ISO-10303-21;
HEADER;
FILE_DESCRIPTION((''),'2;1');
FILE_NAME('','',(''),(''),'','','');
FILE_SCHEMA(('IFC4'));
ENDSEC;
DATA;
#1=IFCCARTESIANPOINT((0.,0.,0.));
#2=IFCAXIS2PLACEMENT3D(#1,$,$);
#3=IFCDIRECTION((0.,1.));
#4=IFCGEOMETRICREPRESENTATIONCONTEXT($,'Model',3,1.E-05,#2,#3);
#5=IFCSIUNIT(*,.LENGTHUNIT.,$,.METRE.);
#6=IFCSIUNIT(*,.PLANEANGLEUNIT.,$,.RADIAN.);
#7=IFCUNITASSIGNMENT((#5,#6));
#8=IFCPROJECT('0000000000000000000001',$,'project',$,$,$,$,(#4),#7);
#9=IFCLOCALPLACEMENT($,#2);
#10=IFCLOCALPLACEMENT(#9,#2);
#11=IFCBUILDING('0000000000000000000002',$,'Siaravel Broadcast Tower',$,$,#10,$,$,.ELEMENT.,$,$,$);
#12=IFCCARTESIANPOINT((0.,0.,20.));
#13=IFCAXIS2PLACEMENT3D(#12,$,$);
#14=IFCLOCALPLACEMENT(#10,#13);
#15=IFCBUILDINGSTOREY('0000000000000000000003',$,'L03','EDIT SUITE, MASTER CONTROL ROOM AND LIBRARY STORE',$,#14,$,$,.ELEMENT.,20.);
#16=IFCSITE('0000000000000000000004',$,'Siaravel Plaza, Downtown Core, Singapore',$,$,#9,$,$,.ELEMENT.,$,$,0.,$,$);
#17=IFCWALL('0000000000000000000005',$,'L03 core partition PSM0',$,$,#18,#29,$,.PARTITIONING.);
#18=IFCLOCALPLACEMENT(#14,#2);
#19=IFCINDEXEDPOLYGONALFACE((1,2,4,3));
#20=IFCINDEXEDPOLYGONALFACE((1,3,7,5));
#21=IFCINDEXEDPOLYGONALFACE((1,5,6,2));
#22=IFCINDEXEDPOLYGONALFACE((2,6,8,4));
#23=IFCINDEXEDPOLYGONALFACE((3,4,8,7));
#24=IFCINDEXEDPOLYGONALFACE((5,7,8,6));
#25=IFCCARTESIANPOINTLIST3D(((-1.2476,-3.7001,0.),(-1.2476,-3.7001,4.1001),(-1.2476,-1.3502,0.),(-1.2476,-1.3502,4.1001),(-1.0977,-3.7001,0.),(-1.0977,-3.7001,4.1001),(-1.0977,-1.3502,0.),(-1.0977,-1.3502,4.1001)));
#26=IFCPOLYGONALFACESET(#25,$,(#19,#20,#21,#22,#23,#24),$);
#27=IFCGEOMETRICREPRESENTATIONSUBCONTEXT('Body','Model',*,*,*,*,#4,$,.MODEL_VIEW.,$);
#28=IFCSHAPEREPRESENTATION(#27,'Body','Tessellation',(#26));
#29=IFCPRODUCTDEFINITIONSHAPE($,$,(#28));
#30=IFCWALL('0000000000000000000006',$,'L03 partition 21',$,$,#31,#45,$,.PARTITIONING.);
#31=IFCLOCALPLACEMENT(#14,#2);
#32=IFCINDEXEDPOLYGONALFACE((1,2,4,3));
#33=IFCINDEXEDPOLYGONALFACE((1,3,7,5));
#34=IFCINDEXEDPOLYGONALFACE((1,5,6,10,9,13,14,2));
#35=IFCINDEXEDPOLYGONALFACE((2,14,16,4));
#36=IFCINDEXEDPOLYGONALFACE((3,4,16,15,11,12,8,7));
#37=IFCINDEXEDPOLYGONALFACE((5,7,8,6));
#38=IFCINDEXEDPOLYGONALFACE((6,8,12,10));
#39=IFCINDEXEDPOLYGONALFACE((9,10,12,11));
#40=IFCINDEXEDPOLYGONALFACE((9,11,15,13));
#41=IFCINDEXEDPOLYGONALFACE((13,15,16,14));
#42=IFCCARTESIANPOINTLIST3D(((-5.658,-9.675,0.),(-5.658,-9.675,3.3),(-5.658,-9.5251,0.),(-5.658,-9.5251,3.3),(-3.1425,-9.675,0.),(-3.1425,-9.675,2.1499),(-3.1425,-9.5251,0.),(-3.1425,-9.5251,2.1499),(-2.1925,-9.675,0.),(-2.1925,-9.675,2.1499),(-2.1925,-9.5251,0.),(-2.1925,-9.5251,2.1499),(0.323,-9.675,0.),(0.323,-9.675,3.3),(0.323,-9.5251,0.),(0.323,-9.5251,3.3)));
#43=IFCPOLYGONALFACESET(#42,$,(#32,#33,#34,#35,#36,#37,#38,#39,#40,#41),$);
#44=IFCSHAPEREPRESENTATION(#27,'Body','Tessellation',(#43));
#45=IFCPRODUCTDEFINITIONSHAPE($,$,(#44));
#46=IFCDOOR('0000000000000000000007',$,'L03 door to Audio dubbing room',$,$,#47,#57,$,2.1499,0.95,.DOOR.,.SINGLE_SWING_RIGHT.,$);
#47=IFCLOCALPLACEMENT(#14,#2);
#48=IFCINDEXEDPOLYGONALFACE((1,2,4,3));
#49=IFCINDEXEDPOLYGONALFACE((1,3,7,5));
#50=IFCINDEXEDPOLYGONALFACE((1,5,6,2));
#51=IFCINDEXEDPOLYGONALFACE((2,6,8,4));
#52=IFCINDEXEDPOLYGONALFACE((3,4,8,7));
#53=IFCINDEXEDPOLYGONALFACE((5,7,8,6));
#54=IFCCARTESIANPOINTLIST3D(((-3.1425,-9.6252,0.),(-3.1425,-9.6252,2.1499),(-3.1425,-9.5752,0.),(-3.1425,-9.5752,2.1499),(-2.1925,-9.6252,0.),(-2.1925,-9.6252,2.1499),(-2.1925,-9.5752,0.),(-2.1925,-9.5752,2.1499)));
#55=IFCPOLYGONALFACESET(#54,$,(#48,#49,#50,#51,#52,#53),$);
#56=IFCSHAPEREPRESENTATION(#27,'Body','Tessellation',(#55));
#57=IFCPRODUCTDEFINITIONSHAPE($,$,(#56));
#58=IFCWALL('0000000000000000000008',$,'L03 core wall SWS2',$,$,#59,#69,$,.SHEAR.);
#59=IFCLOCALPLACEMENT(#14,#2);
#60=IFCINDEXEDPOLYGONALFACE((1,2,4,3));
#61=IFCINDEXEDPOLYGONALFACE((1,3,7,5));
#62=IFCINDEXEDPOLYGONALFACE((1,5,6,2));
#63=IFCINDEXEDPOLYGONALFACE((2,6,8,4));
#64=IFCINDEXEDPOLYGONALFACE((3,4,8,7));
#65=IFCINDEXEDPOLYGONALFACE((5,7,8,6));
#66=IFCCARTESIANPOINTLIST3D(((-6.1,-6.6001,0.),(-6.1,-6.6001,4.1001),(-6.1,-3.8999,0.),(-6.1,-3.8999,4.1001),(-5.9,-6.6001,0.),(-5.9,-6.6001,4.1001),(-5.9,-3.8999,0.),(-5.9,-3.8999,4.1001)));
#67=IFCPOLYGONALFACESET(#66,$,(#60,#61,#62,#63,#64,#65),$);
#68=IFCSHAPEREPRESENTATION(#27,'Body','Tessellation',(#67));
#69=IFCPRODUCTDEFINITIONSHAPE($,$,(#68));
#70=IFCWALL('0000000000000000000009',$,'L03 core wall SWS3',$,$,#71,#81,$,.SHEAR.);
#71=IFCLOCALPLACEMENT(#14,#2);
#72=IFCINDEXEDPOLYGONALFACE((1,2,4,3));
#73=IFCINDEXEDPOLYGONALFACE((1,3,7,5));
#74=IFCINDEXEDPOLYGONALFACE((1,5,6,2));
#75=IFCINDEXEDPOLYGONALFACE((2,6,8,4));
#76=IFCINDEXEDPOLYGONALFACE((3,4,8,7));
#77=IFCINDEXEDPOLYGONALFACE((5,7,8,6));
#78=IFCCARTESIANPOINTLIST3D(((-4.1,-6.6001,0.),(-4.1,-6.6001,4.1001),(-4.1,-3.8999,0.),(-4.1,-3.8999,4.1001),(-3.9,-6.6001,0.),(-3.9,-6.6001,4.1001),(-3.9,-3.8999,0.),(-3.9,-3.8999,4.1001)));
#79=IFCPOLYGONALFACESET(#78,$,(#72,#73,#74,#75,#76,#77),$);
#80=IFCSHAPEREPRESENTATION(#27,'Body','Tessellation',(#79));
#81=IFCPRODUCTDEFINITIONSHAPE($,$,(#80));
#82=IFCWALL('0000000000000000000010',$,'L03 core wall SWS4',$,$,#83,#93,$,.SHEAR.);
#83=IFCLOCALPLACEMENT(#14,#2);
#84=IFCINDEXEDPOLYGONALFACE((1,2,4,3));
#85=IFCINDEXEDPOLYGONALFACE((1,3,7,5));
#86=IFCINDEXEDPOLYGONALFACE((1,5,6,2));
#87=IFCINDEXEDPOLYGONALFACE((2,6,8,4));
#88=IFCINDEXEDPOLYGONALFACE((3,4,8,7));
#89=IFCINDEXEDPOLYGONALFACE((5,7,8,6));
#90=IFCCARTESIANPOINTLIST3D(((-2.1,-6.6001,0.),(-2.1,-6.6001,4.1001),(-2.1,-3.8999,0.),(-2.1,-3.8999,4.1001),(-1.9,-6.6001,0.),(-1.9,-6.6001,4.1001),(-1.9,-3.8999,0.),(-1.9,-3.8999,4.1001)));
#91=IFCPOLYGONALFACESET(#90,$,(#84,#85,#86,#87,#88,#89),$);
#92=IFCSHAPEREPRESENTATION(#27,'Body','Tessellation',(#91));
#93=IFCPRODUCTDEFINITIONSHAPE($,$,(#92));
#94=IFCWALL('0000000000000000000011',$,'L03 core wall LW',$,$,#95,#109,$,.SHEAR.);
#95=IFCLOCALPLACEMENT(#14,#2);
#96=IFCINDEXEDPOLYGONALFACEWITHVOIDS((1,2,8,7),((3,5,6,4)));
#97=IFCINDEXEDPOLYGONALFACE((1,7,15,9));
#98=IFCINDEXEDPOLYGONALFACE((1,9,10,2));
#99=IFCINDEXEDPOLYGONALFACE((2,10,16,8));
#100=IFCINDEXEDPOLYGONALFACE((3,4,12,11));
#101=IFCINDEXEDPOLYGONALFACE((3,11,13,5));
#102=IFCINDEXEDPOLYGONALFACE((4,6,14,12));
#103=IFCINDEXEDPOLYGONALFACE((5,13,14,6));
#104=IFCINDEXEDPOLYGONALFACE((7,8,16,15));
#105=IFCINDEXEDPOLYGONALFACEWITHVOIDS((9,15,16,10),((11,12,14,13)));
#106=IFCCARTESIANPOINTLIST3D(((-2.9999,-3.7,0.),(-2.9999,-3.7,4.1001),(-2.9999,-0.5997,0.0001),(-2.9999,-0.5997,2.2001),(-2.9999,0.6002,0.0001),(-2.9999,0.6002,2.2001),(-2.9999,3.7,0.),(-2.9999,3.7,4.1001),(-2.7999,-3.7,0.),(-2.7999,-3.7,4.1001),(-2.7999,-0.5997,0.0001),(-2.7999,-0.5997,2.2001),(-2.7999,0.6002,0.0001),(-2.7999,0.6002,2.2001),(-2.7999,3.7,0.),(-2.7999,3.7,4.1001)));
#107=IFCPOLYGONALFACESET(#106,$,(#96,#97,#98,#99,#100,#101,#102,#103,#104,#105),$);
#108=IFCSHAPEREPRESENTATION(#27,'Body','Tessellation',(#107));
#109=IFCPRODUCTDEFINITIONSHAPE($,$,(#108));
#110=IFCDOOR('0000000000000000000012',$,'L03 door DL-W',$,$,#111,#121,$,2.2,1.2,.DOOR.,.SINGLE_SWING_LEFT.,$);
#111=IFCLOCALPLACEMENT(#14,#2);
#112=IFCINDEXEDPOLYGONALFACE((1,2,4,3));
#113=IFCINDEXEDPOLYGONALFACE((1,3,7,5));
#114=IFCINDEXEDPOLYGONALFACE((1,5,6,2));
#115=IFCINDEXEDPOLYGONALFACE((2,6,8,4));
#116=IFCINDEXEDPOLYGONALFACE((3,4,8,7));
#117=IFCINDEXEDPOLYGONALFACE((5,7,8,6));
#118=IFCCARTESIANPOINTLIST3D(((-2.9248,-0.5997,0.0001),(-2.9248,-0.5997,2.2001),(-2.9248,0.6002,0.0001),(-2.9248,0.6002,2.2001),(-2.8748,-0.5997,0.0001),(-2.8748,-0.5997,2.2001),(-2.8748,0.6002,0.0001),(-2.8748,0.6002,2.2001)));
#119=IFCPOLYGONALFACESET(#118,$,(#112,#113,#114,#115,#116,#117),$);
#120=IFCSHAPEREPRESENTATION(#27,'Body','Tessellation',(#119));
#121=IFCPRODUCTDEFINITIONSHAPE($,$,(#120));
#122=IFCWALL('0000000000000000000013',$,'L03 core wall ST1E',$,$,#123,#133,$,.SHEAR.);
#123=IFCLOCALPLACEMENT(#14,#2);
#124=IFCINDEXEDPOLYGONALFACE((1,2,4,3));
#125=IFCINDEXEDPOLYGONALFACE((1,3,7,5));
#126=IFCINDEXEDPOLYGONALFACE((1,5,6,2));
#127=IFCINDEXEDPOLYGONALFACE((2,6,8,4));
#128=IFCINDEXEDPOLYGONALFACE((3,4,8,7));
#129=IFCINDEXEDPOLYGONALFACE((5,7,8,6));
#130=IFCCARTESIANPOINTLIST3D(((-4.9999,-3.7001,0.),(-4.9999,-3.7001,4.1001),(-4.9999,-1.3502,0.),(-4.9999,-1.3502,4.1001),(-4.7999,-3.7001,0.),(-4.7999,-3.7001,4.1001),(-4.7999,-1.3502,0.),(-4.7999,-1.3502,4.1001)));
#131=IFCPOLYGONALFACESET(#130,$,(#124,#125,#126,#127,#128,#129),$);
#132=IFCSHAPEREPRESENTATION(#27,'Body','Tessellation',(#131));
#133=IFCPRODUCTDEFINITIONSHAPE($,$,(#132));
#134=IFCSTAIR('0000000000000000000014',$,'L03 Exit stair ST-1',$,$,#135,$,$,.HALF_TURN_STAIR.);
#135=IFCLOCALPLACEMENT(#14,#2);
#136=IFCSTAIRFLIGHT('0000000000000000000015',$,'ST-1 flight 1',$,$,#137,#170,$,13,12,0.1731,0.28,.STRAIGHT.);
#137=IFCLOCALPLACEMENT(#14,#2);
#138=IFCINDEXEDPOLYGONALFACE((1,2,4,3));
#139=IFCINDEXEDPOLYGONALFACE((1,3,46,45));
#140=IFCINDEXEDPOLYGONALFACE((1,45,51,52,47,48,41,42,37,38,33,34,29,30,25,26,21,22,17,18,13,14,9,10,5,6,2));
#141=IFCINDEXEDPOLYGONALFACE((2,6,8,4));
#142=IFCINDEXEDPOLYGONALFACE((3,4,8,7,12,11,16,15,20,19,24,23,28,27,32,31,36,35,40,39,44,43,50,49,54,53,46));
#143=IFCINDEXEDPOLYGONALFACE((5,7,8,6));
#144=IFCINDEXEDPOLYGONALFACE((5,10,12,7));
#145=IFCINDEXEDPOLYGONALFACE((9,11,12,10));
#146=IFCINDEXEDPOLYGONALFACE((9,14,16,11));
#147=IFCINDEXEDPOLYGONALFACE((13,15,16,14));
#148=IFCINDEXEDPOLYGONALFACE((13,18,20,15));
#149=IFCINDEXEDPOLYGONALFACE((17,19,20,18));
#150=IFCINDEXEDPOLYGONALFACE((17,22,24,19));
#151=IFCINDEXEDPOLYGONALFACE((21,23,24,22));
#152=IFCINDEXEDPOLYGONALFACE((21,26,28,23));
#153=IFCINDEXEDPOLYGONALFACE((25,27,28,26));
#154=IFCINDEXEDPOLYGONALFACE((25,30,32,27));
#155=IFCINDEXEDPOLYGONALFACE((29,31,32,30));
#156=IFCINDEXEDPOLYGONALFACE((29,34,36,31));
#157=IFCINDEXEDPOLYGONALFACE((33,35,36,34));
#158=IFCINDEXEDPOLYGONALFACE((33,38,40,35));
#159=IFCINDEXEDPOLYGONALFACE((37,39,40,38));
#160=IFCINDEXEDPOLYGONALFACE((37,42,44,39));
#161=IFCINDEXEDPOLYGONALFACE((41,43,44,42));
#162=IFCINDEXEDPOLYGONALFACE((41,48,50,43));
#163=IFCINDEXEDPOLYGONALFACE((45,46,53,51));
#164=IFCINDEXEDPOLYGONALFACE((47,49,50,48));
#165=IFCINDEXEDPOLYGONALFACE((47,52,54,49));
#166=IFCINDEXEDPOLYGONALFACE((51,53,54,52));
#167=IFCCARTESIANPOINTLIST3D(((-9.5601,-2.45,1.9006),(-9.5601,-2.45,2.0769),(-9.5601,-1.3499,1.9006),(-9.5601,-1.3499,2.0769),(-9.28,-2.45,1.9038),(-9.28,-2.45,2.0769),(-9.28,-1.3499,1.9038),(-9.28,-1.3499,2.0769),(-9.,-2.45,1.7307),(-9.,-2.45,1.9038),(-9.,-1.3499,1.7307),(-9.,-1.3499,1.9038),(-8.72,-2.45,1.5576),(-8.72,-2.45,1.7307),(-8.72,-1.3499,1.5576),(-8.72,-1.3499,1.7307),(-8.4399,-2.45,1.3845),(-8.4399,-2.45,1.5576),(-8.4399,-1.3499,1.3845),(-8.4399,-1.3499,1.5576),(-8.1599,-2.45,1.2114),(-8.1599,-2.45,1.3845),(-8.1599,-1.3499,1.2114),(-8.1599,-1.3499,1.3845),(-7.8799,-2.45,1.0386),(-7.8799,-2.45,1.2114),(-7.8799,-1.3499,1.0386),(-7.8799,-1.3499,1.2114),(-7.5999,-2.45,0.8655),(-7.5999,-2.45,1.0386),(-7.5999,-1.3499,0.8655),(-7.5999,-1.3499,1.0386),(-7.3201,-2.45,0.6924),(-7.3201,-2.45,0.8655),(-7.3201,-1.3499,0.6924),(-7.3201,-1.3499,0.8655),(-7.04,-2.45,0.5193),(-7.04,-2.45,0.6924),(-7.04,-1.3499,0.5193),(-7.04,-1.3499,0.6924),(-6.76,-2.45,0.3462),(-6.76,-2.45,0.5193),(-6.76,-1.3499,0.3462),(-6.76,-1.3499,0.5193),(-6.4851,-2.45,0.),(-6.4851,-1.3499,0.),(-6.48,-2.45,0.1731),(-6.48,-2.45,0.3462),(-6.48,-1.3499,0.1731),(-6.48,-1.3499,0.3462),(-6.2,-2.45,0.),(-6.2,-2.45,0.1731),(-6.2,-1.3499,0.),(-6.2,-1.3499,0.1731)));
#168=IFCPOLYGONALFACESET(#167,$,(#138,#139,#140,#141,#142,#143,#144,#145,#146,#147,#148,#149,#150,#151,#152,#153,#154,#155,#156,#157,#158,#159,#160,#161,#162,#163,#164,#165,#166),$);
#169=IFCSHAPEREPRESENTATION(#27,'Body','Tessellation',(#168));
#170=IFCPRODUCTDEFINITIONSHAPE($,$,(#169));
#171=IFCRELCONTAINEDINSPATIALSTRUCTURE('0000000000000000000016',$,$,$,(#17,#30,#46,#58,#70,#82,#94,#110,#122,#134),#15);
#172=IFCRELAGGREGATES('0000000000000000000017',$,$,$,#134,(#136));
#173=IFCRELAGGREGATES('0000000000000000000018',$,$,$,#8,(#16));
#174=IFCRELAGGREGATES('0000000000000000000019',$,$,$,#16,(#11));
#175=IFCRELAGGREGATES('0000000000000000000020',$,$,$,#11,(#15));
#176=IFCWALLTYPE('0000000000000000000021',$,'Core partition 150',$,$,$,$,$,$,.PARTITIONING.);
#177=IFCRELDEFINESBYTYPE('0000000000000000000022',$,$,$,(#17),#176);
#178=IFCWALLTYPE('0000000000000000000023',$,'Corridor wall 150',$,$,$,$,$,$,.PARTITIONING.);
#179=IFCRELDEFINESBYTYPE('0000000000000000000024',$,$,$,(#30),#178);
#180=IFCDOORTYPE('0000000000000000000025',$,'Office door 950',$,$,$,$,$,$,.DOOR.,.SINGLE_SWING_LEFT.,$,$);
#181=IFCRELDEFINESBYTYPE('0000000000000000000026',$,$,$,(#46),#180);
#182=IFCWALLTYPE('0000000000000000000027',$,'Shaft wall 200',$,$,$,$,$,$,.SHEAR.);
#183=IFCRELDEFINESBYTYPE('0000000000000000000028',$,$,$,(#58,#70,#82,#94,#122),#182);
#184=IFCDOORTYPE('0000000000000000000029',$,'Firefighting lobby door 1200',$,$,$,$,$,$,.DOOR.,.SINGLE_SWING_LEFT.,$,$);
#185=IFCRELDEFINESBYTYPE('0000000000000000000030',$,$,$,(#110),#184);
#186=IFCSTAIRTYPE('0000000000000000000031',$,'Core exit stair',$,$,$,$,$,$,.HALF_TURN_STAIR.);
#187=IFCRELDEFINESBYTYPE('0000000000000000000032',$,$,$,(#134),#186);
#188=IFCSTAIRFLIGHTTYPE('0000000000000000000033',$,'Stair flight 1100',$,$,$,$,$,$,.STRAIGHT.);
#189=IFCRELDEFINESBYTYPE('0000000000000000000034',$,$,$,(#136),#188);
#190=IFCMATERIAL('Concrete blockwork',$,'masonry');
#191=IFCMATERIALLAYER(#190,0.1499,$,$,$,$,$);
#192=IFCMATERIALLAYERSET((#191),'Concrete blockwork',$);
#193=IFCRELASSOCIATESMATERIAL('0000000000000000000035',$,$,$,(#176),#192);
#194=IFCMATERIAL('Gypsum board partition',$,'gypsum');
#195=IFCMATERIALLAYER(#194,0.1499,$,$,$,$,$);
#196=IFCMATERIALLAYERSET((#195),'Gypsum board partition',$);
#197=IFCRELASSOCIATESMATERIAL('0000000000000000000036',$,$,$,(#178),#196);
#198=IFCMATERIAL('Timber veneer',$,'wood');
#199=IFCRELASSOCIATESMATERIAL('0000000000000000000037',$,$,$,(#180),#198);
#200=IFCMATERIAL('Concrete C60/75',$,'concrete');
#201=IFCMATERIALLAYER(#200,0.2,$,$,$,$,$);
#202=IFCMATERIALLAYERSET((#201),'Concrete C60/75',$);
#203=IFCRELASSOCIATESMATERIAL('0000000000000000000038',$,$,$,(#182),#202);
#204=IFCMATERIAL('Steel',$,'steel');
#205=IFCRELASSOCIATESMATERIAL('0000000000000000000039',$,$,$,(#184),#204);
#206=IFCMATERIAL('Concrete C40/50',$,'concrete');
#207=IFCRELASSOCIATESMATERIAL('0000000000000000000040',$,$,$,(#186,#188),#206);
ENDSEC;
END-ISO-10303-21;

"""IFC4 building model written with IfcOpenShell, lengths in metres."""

from ifc_helpers import new_model, si_unit, direction, frame, frame_2d, origin, place, context, subcontext, project, spatial, polyline, rectangle, outline, extrude, material, layer, layer_set, type_object, element, fill, aggregate, save


model = new_model("IFC4")

# Units and contexts
model_context = context("Model", 3, precision=1e-05, world=origin(), true_north=direction((0.0, 1.0)))
body_context = subcontext(model_context, "Body", "Model", "MODEL_VIEW")
ifc_project = project(units=[si_unit("LENGTHUNIT", "METRE"), si_unit("PLANEANGLEUNIT", "RADIAN")], contexts=[model_context])

# Site, building, storey
site_placement = place(None, origin())
site = spatial("IfcSite", under=ifc_project, at=site_placement, Name="Siaravel Plaza, Downtown Core, Singapore", CompositionType="ELEMENT", RefElevation=0.0)
building_placement = place(site_placement, origin())
building = spatial("IfcBuilding", under=site, at=building_placement, Name="Siaravel Broadcast Tower", CompositionType="ELEMENT")
storey_placement = place(building_placement, frame((0.0, 0.0, 20.0)))
storey = spatial("IfcBuildingStorey", under=building, at=storey_placement, Name="L03", Description="EDIT SUITE, MASTER CONTROL ROOM AND LIBRARY STORE", CompositionType="ELEMENT", Elevation=20.0)

# Wall
ifc_material_1 = material(Name="Concrete blockwork", Category="masonry")
ifc_layer_1 = layer(ifc_material_1, 0.1499)
ifc_layer_set_1 = layer_set([ifc_layer_1], Name="Concrete blockwork")
wall_type_1 = type_object("IfcWallType", Name="Core partition 150", PredefinedType="PARTITIONING", material=ifc_layer_set_1)
wall_1_placement = place(storey_placement, frame((-1.1726, -3.7, 0.0), z_axis=(0.0, 0.0, 1.0), x_axis=(0.0, 1.0, 0.0)))
element("IfcWall", 1, at=wall_1_placement, inside=storey, type_object=wall_type_1, Name="L03 core partition PSM0", PredefinedType="PARTITIONING", context=body_context, shape_type="SweptSolid", body=[
    extrude(rectangle(XDim=2.3499, YDim=0.1499, at=frame_2d((1.1748, 0.0))), origin(), (0.0, 0.0, 1.0), 4.1001),
])

# Wall, opening, door
ifc_material_2 = material(Name="Gypsum board partition", Category="gypsum")
ifc_layer_2 = layer(ifc_material_2, 0.1499)
ifc_layer_set_2 = layer_set([ifc_layer_2], Name="Gypsum board partition")
wall_type_2 = type_object("IfcWallType", Name="Corridor wall 150", PredefinedType="PARTITIONING", material=ifc_layer_set_2)
wall_2_placement = place(storey_placement, frame((-5.658, -9.6001, 0.0), z_axis=(0.0, 0.0, 1.0), x_axis=(1.0, 0.0, 0.0)))
wall_2 = element("IfcWall", 2, at=wall_2_placement, inside=storey, type_object=wall_type_2, Name="L03 partition 21", PredefinedType="PARTITIONING", context=body_context, shape_type="SweptSolid", body=[
    extrude(rectangle(XDim=5.981, YDim=0.1499, at=frame_2d((2.9905, 0.0))), origin(), (0.0, 0.0, 1.0), 3.3),
])
opening_1_placement = place(wall_2_placement, frame((2.5154, 0.0, 0.0)))
opening_1 = element("IfcOpeningElement", 3, at=opening_1_placement, cuts=wall_2, PredefinedType="OPENING", context=body_context, shape_type="SweptSolid", body=[
    extrude(rectangle(XDim=0.95, YDim=2.1499, at=frame_2d((0.4751, 1.075))), frame((0.0, 0.085, 0.0), z_axis=(0.0, -1.0, 0.0), x_axis=(1.0, 0.0, 0.0)), (0.0, 0.0, 1.0), 0.1699),
])
ifc_material_3 = material(Name="Timber veneer", Category="wood")
door_type_1 = type_object("IfcDoorType", Name="Office door 950", OperationType="SINGLE_SWING_LEFT", PredefinedType="DOOR", material=ifc_material_3)
door_1_placement = place(opening_1_placement, origin())
door_1 = element("IfcDoor", 4, at=door_1_placement, inside=storey, type_object=door_type_1, Name="L03 door to Audio dubbing room", OperationType="SINGLE_SWING_RIGHT", OverallHeight=2.1499, OverallWidth=0.95, PredefinedType="DOOR", context=body_context, shape_type="SweptSolid", body=[
    extrude(rectangle(XDim=0.95, YDim=2.1499, at=frame_2d((0.4751, 1.075))), frame((0.0, 0.0249, 0.0), z_axis=(0.0, -1.0, 0.0), x_axis=(1.0, 0.0, 0.0)), (0.0, 0.0, 1.0), 0.05),
])
fill(opening_1, door_1)

# Walls
ifc_material_4 = material(Name="Concrete C60/75", Category="concrete")
ifc_layer_3 = layer(ifc_material_4, 0.2)
ifc_layer_set_3 = layer_set([ifc_layer_3], Name="Concrete C60/75")
wall_type_3 = type_object("IfcWallType", Name="Shaft wall 200", PredefinedType="SHEAR", material=ifc_layer_set_3)
for number, where, z_axis, x_axis, name in (
    (5, (-6.0, -6.6001, 0.0), (0.0, 0.0, 1.0), (0.0, 1.0, 0.0), "L03 core wall SWS2"),
    (6, (-4.0, -6.6001, 0.0), (0.0, 0.0, 1.0), (0.0, 1.0, 0.0), "L03 core wall SWS3"),
    (7, (-2.0, -6.6001, 0.0), (0.0, 0.0, 1.0), (0.0, 1.0, 0.0), "L03 core wall SWS4"),
):
    element("IfcWall", number, at=place(storey_placement, frame(where, z_axis=z_axis, x_axis=x_axis)), inside=storey, type_object=wall_type_3, Name=name, PredefinedType="SHEAR", context=body_context, shape_type="SweptSolid", body=[
        extrude(rectangle(XDim=2.7002, YDim=0.2, at=frame_2d((1.3501, 0.0))), origin(), (0.0, 0.0, 1.0), 4.1001),
    ])

# Wall, opening, door
wall_3_placement = place(storey_placement, frame((-2.8999, -3.7, 0.0), z_axis=(0.0, 0.0, 1.0), x_axis=(0.0, 1.0, 0.0)))
wall_3 = element("IfcWall", 8, at=wall_3_placement, inside=storey, type_object=wall_type_3, Name="L03 core wall LW", PredefinedType="SHEAR", context=body_context, shape_type="SweptSolid", body=[
    extrude(rectangle(XDim=7.3999, YDim=0.2, at=frame_2d((3.7, 0.0))), origin(), (0.0, 0.0, 1.0), 4.1001),
])
opening_2_placement = place(wall_3_placement, frame((3.1001, 0.0, 0.0)))
opening_2 = element("IfcOpeningElement", 9, at=opening_2_placement, cuts=wall_3, PredefinedType="OPENING", context=body_context, shape_type="SweptSolid", body=[
    extrude(rectangle(XDim=1.2, YDim=2.2, at=frame_2d((0.6001, 1.1001))), frame((0.0, 0.1099, 0.0), z_axis=(0.0, -1.0, 0.0), x_axis=(1.0, 0.0, 0.0)), (0.0, 0.0, 1.0), 0.22),
])
ifc_material_5 = material(Name="Steel", Category="steel")
door_type_2 = type_object("IfcDoorType", Name="Firefighting lobby door 1200", OperationType="SINGLE_SWING_LEFT", PredefinedType="DOOR", material=ifc_material_5)
door_2_placement = place(opening_2_placement, origin())
door_2 = element("IfcDoor", 10, at=door_2_placement, inside=storey, type_object=door_type_2, Name="L03 door DL-W", OperationType="SINGLE_SWING_LEFT", OverallHeight=2.2, OverallWidth=1.2, PredefinedType="DOOR", context=body_context, shape_type="SweptSolid", body=[
    extrude(rectangle(XDim=1.2, YDim=2.2, at=frame_2d((0.6001, 1.1001))), frame((0.0, 0.0249, 0.0), z_axis=(0.0, -1.0, 0.0), x_axis=(1.0, 0.0, 0.0)), (0.0, 0.0, 1.0), 0.05),
])
fill(opening_2, door_2)

# Wall
wall_4_placement = place(storey_placement, frame((-4.8999, -3.7, 0.0), z_axis=(0.0, 0.0, 1.0), x_axis=(0.0, 1.0, 0.0)))
element("IfcWall", 11, at=wall_4_placement, inside=storey, type_object=wall_type_3, Name="L03 core wall ST1E", PredefinedType="SHEAR", context=body_context, shape_type="SweptSolid", body=[
    extrude(rectangle(XDim=2.3499, YDim=0.2, at=frame_2d((1.1748, 0.0))), origin(), (0.0, 0.0, 1.0), 4.1001),
])

# Stair, stair flight
ifc_material_6 = material(Name="Concrete C40/50", Category="concrete")
stair_type = type_object("IfcStairType", Name="Core exit stair", PredefinedType="HALF_TURN_STAIR", material=ifc_material_6)
stair_placement = place(storey_placement, origin())
stair = element("IfcStair", 12, at=stair_placement, inside=storey, type_object=stair_type, Name="L03 Exit stair ST-1", PredefinedType="HALF_TURN_STAIR")
stair_flight_type = type_object("IfcStairFlightType", Name="Stair flight 1100", PredefinedType="STRAIGHT", material=ifc_material_6)
stair_flight_placement = place(storey_placement, frame((-6.2, -1.8999, 0.0), z_axis=(0.0, 0.0, 1.0), x_axis=(-1.0, 0.0, 0.0)))
stair_flight = element("IfcStairFlight", 13, at=stair_flight_placement, type_object=stair_flight_type, Name="ST-1 flight 1", NumberOfRisers=13, NumberOfTreads=12, PredefinedType="STRAIGHT", RiserHeight=0.1731, TreadLength=0.28, context=body_context, shape_type="SweptSolid", body=[
    extrude(outline(polyline([(0.0, 0.0), (0.0, 0.1731), (0.28, 0.1731), (0.28, 0.3462), (0.5601, 0.3462), (0.5601, 0.5193), (0.8401, 0.5193), (0.8401, 0.6924), (1.1201, 0.6924), (1.1201, 0.8655), (1.3999, 0.8655), (1.3999, 1.0386), (1.6799, 1.0386), (1.6799, 1.2114), (1.96, 1.2114), (1.96, 1.3845), (2.24, 1.3845), (2.24, 1.5576), (2.52, 1.5576), (2.52, 1.7307), (2.8, 1.7307), (2.8, 1.9038), (3.0801, 1.9038), (3.0801, 2.0769), (3.3601, 2.0769), (3.3601, 2.25), (3.3601, 1.9006), (0.2852, 0.0), (0.0, 0.0)])), frame((0.0, 0.55, 0.0), z_axis=(0.0, -1.0, 0.0), x_axis=(1.0, 0.0, 0.0)), (0.0, 0.0, 1.0), 1.1001),
])
aggregate(stair, [stair_flight])

save(model, "model.ifc")
